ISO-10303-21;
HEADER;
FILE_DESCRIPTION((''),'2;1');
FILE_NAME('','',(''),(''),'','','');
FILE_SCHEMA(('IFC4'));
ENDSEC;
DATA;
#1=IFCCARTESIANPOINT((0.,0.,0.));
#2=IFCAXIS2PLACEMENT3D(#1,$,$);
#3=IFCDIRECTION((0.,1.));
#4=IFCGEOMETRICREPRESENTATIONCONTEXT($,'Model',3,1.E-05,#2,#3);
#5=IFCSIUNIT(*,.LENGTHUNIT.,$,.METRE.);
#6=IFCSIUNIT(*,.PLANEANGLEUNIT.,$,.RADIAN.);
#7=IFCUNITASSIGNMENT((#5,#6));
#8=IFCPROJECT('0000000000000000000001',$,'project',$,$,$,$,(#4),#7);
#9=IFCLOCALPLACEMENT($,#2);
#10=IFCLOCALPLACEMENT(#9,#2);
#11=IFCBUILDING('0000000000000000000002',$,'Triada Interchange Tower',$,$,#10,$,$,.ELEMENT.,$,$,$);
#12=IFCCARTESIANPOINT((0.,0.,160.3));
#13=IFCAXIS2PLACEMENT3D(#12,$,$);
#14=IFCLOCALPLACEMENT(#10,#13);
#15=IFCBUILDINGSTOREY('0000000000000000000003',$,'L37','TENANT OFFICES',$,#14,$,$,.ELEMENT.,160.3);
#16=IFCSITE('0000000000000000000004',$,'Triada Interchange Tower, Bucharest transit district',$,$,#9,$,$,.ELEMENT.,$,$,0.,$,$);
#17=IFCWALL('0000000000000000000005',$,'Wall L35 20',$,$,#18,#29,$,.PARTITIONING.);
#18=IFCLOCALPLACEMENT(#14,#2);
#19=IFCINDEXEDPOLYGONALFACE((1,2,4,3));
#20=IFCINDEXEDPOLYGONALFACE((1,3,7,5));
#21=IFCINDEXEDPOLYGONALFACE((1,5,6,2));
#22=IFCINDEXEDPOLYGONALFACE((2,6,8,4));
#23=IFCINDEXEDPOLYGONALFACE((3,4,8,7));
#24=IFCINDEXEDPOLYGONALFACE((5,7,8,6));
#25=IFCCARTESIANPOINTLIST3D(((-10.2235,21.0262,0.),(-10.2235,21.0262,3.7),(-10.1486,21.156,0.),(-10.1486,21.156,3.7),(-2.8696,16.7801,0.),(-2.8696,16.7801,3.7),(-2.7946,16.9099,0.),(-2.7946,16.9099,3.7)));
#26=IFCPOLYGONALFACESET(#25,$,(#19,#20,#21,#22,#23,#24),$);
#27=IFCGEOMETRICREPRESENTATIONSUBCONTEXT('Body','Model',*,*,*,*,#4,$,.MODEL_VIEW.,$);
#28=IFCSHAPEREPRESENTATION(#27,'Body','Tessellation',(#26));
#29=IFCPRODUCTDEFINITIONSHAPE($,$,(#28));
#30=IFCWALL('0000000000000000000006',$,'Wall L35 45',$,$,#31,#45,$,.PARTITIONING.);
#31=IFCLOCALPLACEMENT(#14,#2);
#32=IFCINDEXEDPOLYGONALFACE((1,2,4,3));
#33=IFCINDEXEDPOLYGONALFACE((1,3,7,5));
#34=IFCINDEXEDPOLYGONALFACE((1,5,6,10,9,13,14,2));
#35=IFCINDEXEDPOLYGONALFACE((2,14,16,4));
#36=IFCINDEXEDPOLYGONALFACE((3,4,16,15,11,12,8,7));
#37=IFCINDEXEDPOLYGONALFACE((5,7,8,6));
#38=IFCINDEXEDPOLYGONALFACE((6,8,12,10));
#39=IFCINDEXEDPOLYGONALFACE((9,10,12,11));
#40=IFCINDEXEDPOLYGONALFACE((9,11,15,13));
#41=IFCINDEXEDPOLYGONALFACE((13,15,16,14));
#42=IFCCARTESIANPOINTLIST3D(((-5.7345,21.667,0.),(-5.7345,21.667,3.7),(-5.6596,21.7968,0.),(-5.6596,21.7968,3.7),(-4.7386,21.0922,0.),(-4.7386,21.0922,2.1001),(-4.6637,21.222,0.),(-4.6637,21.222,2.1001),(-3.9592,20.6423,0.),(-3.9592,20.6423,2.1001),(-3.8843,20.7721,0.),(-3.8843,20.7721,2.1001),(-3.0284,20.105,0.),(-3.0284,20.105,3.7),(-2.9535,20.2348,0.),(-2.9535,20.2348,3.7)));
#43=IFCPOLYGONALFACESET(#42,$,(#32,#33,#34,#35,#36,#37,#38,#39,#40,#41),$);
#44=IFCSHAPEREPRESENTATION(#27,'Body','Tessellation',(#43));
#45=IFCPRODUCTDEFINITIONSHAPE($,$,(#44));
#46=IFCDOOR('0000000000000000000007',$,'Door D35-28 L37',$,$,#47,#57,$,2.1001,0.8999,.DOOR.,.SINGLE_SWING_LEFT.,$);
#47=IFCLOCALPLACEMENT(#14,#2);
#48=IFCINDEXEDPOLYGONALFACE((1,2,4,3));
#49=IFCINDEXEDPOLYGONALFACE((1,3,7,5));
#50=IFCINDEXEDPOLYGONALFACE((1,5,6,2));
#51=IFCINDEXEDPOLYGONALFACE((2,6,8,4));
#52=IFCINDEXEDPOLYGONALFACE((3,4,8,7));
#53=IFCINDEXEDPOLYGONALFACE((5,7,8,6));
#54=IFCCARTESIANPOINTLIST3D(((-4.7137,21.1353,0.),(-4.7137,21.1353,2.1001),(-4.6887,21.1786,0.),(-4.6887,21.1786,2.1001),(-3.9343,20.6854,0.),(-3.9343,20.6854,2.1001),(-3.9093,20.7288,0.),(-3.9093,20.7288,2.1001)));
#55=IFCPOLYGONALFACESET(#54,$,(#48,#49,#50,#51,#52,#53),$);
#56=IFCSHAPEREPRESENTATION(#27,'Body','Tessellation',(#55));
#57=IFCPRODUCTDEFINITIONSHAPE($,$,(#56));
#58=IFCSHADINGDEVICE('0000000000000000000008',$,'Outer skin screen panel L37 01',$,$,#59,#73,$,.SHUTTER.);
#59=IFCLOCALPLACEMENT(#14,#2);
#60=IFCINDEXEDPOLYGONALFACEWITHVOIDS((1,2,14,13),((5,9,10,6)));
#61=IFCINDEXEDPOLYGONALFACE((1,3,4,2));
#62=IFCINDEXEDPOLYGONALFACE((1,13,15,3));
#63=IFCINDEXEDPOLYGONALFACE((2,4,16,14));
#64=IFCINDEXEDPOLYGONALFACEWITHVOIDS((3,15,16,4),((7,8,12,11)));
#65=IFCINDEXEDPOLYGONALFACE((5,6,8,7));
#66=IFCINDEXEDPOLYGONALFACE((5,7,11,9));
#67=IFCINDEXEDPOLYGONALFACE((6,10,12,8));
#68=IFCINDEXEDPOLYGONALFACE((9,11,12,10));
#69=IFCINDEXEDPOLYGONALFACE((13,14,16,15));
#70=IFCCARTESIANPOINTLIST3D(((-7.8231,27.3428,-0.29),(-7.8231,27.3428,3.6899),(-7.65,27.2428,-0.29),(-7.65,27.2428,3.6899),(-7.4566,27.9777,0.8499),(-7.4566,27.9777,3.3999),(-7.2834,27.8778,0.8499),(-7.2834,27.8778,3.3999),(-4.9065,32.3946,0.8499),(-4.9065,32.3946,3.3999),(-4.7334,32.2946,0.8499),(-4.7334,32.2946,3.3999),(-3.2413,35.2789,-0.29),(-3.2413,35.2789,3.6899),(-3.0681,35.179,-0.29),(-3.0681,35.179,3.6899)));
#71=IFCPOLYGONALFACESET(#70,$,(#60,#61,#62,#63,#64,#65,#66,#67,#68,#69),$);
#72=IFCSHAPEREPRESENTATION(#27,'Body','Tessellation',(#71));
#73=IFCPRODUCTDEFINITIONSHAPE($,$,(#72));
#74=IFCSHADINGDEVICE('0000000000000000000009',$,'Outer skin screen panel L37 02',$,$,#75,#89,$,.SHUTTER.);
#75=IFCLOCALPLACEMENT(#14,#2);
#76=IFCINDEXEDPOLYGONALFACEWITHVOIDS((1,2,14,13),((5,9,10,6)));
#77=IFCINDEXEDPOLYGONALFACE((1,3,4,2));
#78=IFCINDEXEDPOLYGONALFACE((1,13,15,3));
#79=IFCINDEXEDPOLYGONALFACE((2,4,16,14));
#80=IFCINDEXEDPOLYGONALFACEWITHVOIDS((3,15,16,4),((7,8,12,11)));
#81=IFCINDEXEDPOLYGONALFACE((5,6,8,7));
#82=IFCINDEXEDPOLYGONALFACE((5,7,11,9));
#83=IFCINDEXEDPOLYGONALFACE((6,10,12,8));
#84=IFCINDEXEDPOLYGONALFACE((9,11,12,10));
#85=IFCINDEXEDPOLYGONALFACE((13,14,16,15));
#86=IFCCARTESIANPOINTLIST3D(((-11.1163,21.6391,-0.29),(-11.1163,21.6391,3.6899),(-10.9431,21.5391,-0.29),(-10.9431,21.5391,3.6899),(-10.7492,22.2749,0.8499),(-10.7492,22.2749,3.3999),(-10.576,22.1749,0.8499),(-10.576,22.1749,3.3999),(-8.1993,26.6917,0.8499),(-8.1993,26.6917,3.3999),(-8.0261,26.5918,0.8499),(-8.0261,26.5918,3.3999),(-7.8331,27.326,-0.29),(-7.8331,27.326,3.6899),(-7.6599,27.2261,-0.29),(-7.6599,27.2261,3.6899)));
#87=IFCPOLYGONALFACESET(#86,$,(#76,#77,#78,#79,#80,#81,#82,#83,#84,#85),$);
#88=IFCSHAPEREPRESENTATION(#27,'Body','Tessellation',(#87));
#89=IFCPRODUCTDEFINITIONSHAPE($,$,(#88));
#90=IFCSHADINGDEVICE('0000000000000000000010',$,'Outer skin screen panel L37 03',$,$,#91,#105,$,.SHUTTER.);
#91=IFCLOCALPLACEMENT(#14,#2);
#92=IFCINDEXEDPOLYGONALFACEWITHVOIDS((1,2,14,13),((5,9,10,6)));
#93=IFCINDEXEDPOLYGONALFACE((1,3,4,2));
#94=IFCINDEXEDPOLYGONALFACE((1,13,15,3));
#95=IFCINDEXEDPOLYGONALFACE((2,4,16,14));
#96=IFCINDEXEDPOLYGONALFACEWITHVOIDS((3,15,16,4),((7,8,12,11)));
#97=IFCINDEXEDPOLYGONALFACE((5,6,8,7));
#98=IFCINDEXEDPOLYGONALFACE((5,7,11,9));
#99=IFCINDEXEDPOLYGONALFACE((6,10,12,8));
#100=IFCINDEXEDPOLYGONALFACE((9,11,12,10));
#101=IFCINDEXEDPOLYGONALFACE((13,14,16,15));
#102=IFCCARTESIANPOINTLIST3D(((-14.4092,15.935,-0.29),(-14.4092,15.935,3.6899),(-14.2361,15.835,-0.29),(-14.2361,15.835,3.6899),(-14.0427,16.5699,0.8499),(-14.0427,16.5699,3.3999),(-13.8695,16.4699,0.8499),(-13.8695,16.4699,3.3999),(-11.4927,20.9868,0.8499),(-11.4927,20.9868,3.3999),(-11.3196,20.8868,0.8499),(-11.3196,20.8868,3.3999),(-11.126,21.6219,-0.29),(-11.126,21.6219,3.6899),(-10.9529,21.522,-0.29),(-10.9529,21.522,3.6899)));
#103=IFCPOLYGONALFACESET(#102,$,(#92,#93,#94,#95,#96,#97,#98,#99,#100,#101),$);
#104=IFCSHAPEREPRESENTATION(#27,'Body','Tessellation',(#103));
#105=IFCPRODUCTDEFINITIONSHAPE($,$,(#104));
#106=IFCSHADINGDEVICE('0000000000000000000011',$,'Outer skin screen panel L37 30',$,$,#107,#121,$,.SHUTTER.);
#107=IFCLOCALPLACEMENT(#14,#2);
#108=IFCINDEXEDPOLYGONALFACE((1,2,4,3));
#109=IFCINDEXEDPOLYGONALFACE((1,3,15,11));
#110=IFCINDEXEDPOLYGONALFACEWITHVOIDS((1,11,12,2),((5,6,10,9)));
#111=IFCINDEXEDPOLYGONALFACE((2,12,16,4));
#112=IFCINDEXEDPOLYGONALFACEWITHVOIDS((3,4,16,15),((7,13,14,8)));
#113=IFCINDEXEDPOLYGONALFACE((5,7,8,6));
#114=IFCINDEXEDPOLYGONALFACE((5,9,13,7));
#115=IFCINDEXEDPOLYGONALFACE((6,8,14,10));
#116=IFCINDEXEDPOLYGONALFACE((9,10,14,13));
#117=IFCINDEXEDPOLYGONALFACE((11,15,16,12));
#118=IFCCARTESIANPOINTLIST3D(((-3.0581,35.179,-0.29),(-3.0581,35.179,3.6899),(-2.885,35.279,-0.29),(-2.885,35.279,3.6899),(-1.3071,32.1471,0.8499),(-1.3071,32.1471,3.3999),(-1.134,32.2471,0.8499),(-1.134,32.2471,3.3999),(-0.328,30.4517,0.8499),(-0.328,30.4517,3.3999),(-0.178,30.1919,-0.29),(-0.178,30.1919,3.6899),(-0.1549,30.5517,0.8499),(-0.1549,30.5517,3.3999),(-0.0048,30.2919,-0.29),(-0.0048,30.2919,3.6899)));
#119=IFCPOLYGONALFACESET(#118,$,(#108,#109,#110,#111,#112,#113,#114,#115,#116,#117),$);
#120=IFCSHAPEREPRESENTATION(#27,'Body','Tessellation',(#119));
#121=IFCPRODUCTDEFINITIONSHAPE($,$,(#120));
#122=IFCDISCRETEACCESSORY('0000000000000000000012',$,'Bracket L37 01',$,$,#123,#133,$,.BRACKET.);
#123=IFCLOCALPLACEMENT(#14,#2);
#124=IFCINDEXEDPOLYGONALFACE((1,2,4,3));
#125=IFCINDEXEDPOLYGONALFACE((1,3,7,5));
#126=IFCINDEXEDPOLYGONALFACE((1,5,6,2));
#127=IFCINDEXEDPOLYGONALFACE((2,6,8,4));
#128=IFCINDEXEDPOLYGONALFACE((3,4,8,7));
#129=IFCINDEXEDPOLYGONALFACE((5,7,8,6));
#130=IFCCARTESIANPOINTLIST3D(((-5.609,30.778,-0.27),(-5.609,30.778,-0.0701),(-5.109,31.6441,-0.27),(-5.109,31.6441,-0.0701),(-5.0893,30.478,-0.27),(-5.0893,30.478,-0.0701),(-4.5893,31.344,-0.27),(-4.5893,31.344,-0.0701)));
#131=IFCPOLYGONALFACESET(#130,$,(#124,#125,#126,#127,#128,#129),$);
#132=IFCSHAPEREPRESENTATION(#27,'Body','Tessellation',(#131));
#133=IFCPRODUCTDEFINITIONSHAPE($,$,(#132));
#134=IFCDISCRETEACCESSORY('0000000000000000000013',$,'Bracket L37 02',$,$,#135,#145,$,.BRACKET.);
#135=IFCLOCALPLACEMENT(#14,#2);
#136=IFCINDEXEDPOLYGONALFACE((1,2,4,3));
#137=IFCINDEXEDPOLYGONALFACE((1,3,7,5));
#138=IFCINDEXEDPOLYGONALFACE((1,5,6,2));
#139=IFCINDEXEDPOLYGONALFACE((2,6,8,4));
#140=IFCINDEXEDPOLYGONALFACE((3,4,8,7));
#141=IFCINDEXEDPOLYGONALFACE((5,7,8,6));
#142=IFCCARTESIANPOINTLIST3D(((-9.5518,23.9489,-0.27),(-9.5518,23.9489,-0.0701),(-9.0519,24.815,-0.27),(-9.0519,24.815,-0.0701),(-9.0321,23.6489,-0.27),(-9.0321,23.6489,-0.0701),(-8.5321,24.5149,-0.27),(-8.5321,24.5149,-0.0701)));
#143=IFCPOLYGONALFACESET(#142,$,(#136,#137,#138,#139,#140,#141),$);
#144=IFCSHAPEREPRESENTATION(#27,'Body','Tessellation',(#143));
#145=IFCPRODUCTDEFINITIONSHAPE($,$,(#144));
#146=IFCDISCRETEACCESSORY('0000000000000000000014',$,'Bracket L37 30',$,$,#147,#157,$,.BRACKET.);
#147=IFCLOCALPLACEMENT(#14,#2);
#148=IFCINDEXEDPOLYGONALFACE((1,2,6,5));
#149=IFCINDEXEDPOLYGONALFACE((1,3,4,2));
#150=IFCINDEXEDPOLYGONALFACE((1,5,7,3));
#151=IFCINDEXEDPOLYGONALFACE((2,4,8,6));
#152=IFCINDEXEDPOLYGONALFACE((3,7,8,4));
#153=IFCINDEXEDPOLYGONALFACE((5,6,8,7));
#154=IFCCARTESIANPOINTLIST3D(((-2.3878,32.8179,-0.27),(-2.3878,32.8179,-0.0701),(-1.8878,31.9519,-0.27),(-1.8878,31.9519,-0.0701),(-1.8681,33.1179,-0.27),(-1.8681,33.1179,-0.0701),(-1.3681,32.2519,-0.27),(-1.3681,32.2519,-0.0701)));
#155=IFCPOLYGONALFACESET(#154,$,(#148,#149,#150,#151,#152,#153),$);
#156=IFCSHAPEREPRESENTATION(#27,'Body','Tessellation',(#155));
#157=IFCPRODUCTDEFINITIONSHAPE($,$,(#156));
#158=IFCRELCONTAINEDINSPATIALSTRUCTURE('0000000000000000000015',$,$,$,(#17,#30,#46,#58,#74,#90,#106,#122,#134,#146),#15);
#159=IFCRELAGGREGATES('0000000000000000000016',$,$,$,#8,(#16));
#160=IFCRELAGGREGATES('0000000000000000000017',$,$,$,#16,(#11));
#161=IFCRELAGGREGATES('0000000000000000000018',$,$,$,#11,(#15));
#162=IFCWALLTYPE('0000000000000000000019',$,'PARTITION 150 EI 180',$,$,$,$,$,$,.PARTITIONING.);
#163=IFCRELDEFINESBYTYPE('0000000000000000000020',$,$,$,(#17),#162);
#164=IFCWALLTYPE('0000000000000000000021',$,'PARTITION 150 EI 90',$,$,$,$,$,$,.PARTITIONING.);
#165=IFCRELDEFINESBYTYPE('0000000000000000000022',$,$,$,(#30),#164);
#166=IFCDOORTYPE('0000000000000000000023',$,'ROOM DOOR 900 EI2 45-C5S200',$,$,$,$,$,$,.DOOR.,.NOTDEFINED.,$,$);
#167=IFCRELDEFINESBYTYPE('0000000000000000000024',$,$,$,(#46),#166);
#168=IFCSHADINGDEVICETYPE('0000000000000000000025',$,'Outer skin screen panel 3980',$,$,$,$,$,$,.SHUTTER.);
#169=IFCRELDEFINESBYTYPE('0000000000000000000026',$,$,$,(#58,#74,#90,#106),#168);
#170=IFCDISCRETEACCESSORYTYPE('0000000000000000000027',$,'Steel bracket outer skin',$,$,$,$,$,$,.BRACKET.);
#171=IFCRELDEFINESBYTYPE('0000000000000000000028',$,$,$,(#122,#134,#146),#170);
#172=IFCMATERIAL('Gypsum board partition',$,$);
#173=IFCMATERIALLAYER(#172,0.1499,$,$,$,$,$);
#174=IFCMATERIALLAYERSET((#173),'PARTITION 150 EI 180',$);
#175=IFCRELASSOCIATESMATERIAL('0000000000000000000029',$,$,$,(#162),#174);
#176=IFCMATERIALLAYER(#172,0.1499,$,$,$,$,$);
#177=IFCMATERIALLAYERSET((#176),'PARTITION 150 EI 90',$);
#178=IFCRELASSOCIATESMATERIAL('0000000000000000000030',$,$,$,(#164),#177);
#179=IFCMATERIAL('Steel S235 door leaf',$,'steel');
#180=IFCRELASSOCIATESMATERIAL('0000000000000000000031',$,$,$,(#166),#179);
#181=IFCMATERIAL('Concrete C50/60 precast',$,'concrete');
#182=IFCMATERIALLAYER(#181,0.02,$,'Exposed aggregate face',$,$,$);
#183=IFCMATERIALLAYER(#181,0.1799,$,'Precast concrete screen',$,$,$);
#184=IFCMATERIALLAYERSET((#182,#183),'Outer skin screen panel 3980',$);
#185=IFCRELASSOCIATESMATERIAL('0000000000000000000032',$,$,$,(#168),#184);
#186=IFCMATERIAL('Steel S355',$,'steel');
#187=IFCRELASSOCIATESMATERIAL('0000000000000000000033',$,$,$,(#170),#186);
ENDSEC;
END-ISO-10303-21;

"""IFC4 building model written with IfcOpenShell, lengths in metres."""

from ifc_helpers import new_model, si_unit, direction, frame, frame_2d, origin, origin_2d, place, context, subcontext, project, spatial, polyline, rectangle, outline, extrude, material, layer, layer_set, type_object, element, fill, save


model = new_model("IFC4")

# Units and contexts
model_context = context("Model", 3, precision=1e-05, world=origin(), true_north=direction((0.0, 1.0)))
body_context = subcontext(model_context, "Body", "Model", "MODEL_VIEW")
ifc_project = project(units=[si_unit("LENGTHUNIT", "METRE"), si_unit("PLANEANGLEUNIT", "RADIAN")], contexts=[model_context])

# Site, building, storey
site_placement = place(None, origin())
site = spatial("IfcSite", under=ifc_project, at=site_placement, Name="Triada Interchange Tower, Bucharest transit district", CompositionType="ELEMENT", RefElevation=0.0)
building_placement = place(site_placement, origin())
building = spatial("IfcBuilding", under=site, at=building_placement, Name="Triada Interchange Tower", CompositionType="ELEMENT")
storey_placement = place(building_placement, frame((0.0, 0.0, 160.3)))
storey = spatial("IfcBuildingStorey", under=building, at=storey_placement, Name="L37", Description="TENANT OFFICES", CompositionType="ELEMENT", Elevation=160.3)

# Wall
ifc_material_1 = material(Name="Gypsum board partition")
ifc_layer_1 = layer(ifc_material_1, 0.1499)
ifc_layer_set_1 = layer_set([ifc_layer_1], Name="PARTITION 150 EI 180")
wall_type_1 = type_object("IfcWallType", Name="PARTITION 150 EI 180", PredefinedType="PARTITIONING", material=ifc_layer_set_1)
wall_1_placement = place(storey_placement, frame((-10.186, 21.0911, 0.0), z_axis=(0.0, 0.0, 1.0), x_axis=(0.866012, -0.500023, 0.0)))
element("IfcWall", 1, at=wall_1_placement, inside=storey, type_object=wall_type_1, Name="Wall L35 20", PredefinedType="PARTITIONING", context=body_context, shape_type="SweptSolid", body=[
    extrude(rectangle(XDim=8.4917, YDim=0.1499, at=frame_2d((4.2458, 0.0))), origin(), (0.0, 0.0, 1.0), 3.7),
])

# Wall, opening, door
ifc_layer_2 = layer(ifc_material_1, 0.1499)
ifc_layer_set_2 = layer_set([ifc_layer_2], Name="PARTITION 150 EI 90")
wall_type_2 = type_object("IfcWallType", Name="PARTITION 150 EI 90", PredefinedType="PARTITIONING", material=ifc_layer_set_2)
wall_2_placement = place(storey_placement, frame((-5.697, 21.7319, 0.0), z_axis=(0.0, 0.0, 1.0), x_axis=(0.866071, -0.499921, 0.0)))
wall_2 = element("IfcWall", 2, at=wall_2_placement, inside=storey, type_object=wall_type_2, Name="Wall L35 45", PredefinedType="PARTITIONING", context=body_context, shape_type="SweptSolid", body=[
    extrude(rectangle(XDim=3.1245, YDim=0.1499, at=frame_2d((1.5623, 0.0))), origin(), (0.0, 0.0, 1.0), 3.7),
])
opening_1_placement = place(wall_2_placement, frame((1.1499, 0.0, 0.0)))
opening_1 = element("IfcOpeningElement", 3, at=opening_1_placement, cuts=wall_2, PredefinedType="OPENING", context=body_context, shape_type="SweptSolid", body=[
    extrude(rectangle(XDim=0.8999, YDim=2.1001, at=frame_2d((0.45, 1.05))), frame((0.0, 0.085, 0.0), z_axis=(0.0, -1.0, 0.0), x_axis=(1.0, 0.0, 0.0)), (0.0, 0.0, 1.0), 0.1699),
])
ifc_material_2 = material(Name="Steel S235 door leaf", Category="steel")
door_type = type_object("IfcDoorType", Name="ROOM DOOR 900 EI2 45-C5S200", OperationType="NOTDEFINED", PredefinedType="DOOR", material=ifc_material_2)
door_placement = place(opening_1_placement, origin())
door = element("IfcDoor", 4, at=door_placement, inside=storey, type_object=door_type, Name="Door D35-28 L37", OperationType="SINGLE_SWING_LEFT", OverallHeight=2.1001, OverallWidth=0.8999, PredefinedType="DOOR", context=body_context, shape_type="SweptSolid", body=[
    extrude(rectangle(XDim=0.8999, YDim=2.1001, at=frame_2d((0.45, 1.05))), frame((0.0, 0.0249, 0.0), z_axis=(0.0, -1.0, 0.0), x_axis=(1.0, 0.0, 0.0)), (0.0, 0.0, 1.0), 0.05),
])
fill(opening_1, door)

# Shading devices
ifc_material_3 = material(Name="Concrete C50/60 precast", Category="concrete")
ifc_layer_3 = layer(ifc_material_3, 0.02, Name="Exposed aggregate face")
ifc_layer_4 = layer(ifc_material_3, 0.1799, Name="Precast concrete screen")
ifc_layer_set_3 = layer_set([ifc_layer_3, ifc_layer_4], Name="Outer skin screen panel 3980")
shading_device_type = type_object("IfcShadingDeviceType", Name="Outer skin screen panel 3980", PredefinedType="SHUTTER", material=ifc_layer_set_3)
shading_device_1_placement = place(storey_placement, frame((-3.0681, 35.179, -0.29), z_axis=(0.0, 0.0, 1.0), x_axis=(-0.499993, -0.866029, 0.0)))
element("IfcShadingDevice", 5, at=shading_device_1_placement, inside=storey, type_object=shading_device_type, Name="Outer skin screen panel L37 01", PredefinedType="SHUTTER", context=body_context, shape_type="SweptSolid", body=[
    extrude(outline(polyline([(0.0, 0.0), (9.1638, 0.0), (9.1638, 3.98), (0.0, 3.98), (0.0, 0.0)]), holes=[polyline([(3.3306, 1.1399), (3.3306, 3.6899), (8.4307, 3.6899), (8.4307, 1.1399), (3.3306, 1.1399)])]), frame((0.0, 0.0, 0.0), z_axis=(0.0, -1.0, 0.0), x_axis=(1.0, 0.0, 0.0)), (0.0, 0.0, 1.0), 0.2),
])
shading_device_2_placement = place(storey_placement, frame((-7.6599, 27.2261, -0.29), z_axis=(0.0, 0.0, 1.0), x_axis=(-0.499978, -0.866038, 0.0)))
element("IfcShadingDevice", 6, at=shading_device_2_placement, inside=storey, type_object=shading_device_type, Name="Outer skin screen panel L37 02", PredefinedType="SHUTTER", context=body_context, shape_type="SweptSolid", body=[
    extrude(outline(polyline([(0.0, 0.0), (6.5667, 0.0), (6.5667, 3.98), (0.0, 3.98), (0.0, 0.0)]), holes=[polyline([(0.7324, 1.1399), (0.7324, 3.6899), (5.8325, 3.6899), (5.8325, 1.1399), (0.7324, 1.1399)])]), frame((0.0, 0.0, 0.0), z_axis=(0.0, -1.0, 0.0), x_axis=(1.0, 0.0, 0.0)), (0.0, 0.0, 1.0), 0.2),
])
shading_device_3_placement = place(storey_placement, frame((-10.9529, 21.522, -0.29), z_axis=(0.0, 0.0, 1.0), x_axis=(-0.499978, -0.866038, 0.0)))
element("IfcShadingDevice", 7, at=shading_device_3_placement, inside=storey, type_object=shading_device_type, Name="Outer skin screen panel L37 03", PredefinedType="SHUTTER", context=body_context, shape_type="SweptSolid", body=[
    extrude(outline(polyline([(0.0, 0.0), (6.5667, 0.0), (6.5667, 3.98), (0.0, 3.98), (0.0, 0.0)]), holes=[polyline([(0.7334, 1.1399), (0.7334, 3.6899), (5.8335, 3.6899), (5.8335, 1.1399), (0.7334, 1.1399)])]), frame((0.0, 0.0, 0.0), z_axis=(0.0, -1.0, 0.0), x_axis=(1.0, 0.0, 0.0)), (0.0, 0.0, 1.0), 0.2),
])
shading_device_4_placement = place(storey_placement, frame((-0.178, 30.1919, -0.29), z_axis=(0.0, 0.0, 1.0), x_axis=(-0.50011, 0.865962, 0.0)))
element("IfcShadingDevice", 8, at=shading_device_4_placement, inside=storey, type_object=shading_device_type, Name="Outer skin screen panel L37 30", PredefinedType="SHUTTER", context=body_context, shape_type="SweptSolid", body=[
    extrude(outline(polyline([(0.0, 0.0), (5.759, 0.0), (5.759, 3.98), (0.0, 3.98), (0.0, 0.0)]), holes=[polyline([(0.3, 1.1399), (0.3, 3.6899), (2.2578, 3.6899), (2.2578, 1.1399), (0.3, 1.1399)])]), frame((0.0, 0.0, 0.0), z_axis=(0.0, -1.0, 0.0), x_axis=(1.0, 0.0, 0.0)), (0.0, 0.0, 1.0), 0.2),
])

# Discrete accessories
ifc_material_4 = material(Name="Steel S355", Category="steel")
discrete_accessory_type = type_object("IfcDiscreteAccessoryType", Name="Steel bracket outer skin", PredefinedType="BRACKET", material=ifc_material_4)
for number, where, z_axis, x_axis, name in (
    (9, (-5.0991, 31.061, -0.27), (0.0, 0.0, 1.0), (-0.866036, 0.499982, 0.0), "Bracket L37 01"),
    (10, (-9.042, 24.2319, -0.27), (0.0, 0.0, 1.0), (-0.866036, 0.499982, 0.0), "Bracket L37 02"),
    (11, (-1.8779, 32.5349, -0.27), (0.0, 0.0, 1.0), (0.866014, 0.500019, 0.0), "Bracket L37 30"),
):
    element("IfcDiscreteAccessory", number, at=place(storey_placement, frame(where, z_axis=z_axis, x_axis=x_axis)), inside=storey, type_object=discrete_accessory_type, Name=name, PredefinedType="BRACKET", context=body_context, shape_type="SweptSolid", body=[
        extrude(rectangle(XDim=0.6001, YDim=1.0, at=origin_2d()), origin(), (0.0, 0.0, 1.0), 0.2),
    ])

save(model, "model.ifc")
